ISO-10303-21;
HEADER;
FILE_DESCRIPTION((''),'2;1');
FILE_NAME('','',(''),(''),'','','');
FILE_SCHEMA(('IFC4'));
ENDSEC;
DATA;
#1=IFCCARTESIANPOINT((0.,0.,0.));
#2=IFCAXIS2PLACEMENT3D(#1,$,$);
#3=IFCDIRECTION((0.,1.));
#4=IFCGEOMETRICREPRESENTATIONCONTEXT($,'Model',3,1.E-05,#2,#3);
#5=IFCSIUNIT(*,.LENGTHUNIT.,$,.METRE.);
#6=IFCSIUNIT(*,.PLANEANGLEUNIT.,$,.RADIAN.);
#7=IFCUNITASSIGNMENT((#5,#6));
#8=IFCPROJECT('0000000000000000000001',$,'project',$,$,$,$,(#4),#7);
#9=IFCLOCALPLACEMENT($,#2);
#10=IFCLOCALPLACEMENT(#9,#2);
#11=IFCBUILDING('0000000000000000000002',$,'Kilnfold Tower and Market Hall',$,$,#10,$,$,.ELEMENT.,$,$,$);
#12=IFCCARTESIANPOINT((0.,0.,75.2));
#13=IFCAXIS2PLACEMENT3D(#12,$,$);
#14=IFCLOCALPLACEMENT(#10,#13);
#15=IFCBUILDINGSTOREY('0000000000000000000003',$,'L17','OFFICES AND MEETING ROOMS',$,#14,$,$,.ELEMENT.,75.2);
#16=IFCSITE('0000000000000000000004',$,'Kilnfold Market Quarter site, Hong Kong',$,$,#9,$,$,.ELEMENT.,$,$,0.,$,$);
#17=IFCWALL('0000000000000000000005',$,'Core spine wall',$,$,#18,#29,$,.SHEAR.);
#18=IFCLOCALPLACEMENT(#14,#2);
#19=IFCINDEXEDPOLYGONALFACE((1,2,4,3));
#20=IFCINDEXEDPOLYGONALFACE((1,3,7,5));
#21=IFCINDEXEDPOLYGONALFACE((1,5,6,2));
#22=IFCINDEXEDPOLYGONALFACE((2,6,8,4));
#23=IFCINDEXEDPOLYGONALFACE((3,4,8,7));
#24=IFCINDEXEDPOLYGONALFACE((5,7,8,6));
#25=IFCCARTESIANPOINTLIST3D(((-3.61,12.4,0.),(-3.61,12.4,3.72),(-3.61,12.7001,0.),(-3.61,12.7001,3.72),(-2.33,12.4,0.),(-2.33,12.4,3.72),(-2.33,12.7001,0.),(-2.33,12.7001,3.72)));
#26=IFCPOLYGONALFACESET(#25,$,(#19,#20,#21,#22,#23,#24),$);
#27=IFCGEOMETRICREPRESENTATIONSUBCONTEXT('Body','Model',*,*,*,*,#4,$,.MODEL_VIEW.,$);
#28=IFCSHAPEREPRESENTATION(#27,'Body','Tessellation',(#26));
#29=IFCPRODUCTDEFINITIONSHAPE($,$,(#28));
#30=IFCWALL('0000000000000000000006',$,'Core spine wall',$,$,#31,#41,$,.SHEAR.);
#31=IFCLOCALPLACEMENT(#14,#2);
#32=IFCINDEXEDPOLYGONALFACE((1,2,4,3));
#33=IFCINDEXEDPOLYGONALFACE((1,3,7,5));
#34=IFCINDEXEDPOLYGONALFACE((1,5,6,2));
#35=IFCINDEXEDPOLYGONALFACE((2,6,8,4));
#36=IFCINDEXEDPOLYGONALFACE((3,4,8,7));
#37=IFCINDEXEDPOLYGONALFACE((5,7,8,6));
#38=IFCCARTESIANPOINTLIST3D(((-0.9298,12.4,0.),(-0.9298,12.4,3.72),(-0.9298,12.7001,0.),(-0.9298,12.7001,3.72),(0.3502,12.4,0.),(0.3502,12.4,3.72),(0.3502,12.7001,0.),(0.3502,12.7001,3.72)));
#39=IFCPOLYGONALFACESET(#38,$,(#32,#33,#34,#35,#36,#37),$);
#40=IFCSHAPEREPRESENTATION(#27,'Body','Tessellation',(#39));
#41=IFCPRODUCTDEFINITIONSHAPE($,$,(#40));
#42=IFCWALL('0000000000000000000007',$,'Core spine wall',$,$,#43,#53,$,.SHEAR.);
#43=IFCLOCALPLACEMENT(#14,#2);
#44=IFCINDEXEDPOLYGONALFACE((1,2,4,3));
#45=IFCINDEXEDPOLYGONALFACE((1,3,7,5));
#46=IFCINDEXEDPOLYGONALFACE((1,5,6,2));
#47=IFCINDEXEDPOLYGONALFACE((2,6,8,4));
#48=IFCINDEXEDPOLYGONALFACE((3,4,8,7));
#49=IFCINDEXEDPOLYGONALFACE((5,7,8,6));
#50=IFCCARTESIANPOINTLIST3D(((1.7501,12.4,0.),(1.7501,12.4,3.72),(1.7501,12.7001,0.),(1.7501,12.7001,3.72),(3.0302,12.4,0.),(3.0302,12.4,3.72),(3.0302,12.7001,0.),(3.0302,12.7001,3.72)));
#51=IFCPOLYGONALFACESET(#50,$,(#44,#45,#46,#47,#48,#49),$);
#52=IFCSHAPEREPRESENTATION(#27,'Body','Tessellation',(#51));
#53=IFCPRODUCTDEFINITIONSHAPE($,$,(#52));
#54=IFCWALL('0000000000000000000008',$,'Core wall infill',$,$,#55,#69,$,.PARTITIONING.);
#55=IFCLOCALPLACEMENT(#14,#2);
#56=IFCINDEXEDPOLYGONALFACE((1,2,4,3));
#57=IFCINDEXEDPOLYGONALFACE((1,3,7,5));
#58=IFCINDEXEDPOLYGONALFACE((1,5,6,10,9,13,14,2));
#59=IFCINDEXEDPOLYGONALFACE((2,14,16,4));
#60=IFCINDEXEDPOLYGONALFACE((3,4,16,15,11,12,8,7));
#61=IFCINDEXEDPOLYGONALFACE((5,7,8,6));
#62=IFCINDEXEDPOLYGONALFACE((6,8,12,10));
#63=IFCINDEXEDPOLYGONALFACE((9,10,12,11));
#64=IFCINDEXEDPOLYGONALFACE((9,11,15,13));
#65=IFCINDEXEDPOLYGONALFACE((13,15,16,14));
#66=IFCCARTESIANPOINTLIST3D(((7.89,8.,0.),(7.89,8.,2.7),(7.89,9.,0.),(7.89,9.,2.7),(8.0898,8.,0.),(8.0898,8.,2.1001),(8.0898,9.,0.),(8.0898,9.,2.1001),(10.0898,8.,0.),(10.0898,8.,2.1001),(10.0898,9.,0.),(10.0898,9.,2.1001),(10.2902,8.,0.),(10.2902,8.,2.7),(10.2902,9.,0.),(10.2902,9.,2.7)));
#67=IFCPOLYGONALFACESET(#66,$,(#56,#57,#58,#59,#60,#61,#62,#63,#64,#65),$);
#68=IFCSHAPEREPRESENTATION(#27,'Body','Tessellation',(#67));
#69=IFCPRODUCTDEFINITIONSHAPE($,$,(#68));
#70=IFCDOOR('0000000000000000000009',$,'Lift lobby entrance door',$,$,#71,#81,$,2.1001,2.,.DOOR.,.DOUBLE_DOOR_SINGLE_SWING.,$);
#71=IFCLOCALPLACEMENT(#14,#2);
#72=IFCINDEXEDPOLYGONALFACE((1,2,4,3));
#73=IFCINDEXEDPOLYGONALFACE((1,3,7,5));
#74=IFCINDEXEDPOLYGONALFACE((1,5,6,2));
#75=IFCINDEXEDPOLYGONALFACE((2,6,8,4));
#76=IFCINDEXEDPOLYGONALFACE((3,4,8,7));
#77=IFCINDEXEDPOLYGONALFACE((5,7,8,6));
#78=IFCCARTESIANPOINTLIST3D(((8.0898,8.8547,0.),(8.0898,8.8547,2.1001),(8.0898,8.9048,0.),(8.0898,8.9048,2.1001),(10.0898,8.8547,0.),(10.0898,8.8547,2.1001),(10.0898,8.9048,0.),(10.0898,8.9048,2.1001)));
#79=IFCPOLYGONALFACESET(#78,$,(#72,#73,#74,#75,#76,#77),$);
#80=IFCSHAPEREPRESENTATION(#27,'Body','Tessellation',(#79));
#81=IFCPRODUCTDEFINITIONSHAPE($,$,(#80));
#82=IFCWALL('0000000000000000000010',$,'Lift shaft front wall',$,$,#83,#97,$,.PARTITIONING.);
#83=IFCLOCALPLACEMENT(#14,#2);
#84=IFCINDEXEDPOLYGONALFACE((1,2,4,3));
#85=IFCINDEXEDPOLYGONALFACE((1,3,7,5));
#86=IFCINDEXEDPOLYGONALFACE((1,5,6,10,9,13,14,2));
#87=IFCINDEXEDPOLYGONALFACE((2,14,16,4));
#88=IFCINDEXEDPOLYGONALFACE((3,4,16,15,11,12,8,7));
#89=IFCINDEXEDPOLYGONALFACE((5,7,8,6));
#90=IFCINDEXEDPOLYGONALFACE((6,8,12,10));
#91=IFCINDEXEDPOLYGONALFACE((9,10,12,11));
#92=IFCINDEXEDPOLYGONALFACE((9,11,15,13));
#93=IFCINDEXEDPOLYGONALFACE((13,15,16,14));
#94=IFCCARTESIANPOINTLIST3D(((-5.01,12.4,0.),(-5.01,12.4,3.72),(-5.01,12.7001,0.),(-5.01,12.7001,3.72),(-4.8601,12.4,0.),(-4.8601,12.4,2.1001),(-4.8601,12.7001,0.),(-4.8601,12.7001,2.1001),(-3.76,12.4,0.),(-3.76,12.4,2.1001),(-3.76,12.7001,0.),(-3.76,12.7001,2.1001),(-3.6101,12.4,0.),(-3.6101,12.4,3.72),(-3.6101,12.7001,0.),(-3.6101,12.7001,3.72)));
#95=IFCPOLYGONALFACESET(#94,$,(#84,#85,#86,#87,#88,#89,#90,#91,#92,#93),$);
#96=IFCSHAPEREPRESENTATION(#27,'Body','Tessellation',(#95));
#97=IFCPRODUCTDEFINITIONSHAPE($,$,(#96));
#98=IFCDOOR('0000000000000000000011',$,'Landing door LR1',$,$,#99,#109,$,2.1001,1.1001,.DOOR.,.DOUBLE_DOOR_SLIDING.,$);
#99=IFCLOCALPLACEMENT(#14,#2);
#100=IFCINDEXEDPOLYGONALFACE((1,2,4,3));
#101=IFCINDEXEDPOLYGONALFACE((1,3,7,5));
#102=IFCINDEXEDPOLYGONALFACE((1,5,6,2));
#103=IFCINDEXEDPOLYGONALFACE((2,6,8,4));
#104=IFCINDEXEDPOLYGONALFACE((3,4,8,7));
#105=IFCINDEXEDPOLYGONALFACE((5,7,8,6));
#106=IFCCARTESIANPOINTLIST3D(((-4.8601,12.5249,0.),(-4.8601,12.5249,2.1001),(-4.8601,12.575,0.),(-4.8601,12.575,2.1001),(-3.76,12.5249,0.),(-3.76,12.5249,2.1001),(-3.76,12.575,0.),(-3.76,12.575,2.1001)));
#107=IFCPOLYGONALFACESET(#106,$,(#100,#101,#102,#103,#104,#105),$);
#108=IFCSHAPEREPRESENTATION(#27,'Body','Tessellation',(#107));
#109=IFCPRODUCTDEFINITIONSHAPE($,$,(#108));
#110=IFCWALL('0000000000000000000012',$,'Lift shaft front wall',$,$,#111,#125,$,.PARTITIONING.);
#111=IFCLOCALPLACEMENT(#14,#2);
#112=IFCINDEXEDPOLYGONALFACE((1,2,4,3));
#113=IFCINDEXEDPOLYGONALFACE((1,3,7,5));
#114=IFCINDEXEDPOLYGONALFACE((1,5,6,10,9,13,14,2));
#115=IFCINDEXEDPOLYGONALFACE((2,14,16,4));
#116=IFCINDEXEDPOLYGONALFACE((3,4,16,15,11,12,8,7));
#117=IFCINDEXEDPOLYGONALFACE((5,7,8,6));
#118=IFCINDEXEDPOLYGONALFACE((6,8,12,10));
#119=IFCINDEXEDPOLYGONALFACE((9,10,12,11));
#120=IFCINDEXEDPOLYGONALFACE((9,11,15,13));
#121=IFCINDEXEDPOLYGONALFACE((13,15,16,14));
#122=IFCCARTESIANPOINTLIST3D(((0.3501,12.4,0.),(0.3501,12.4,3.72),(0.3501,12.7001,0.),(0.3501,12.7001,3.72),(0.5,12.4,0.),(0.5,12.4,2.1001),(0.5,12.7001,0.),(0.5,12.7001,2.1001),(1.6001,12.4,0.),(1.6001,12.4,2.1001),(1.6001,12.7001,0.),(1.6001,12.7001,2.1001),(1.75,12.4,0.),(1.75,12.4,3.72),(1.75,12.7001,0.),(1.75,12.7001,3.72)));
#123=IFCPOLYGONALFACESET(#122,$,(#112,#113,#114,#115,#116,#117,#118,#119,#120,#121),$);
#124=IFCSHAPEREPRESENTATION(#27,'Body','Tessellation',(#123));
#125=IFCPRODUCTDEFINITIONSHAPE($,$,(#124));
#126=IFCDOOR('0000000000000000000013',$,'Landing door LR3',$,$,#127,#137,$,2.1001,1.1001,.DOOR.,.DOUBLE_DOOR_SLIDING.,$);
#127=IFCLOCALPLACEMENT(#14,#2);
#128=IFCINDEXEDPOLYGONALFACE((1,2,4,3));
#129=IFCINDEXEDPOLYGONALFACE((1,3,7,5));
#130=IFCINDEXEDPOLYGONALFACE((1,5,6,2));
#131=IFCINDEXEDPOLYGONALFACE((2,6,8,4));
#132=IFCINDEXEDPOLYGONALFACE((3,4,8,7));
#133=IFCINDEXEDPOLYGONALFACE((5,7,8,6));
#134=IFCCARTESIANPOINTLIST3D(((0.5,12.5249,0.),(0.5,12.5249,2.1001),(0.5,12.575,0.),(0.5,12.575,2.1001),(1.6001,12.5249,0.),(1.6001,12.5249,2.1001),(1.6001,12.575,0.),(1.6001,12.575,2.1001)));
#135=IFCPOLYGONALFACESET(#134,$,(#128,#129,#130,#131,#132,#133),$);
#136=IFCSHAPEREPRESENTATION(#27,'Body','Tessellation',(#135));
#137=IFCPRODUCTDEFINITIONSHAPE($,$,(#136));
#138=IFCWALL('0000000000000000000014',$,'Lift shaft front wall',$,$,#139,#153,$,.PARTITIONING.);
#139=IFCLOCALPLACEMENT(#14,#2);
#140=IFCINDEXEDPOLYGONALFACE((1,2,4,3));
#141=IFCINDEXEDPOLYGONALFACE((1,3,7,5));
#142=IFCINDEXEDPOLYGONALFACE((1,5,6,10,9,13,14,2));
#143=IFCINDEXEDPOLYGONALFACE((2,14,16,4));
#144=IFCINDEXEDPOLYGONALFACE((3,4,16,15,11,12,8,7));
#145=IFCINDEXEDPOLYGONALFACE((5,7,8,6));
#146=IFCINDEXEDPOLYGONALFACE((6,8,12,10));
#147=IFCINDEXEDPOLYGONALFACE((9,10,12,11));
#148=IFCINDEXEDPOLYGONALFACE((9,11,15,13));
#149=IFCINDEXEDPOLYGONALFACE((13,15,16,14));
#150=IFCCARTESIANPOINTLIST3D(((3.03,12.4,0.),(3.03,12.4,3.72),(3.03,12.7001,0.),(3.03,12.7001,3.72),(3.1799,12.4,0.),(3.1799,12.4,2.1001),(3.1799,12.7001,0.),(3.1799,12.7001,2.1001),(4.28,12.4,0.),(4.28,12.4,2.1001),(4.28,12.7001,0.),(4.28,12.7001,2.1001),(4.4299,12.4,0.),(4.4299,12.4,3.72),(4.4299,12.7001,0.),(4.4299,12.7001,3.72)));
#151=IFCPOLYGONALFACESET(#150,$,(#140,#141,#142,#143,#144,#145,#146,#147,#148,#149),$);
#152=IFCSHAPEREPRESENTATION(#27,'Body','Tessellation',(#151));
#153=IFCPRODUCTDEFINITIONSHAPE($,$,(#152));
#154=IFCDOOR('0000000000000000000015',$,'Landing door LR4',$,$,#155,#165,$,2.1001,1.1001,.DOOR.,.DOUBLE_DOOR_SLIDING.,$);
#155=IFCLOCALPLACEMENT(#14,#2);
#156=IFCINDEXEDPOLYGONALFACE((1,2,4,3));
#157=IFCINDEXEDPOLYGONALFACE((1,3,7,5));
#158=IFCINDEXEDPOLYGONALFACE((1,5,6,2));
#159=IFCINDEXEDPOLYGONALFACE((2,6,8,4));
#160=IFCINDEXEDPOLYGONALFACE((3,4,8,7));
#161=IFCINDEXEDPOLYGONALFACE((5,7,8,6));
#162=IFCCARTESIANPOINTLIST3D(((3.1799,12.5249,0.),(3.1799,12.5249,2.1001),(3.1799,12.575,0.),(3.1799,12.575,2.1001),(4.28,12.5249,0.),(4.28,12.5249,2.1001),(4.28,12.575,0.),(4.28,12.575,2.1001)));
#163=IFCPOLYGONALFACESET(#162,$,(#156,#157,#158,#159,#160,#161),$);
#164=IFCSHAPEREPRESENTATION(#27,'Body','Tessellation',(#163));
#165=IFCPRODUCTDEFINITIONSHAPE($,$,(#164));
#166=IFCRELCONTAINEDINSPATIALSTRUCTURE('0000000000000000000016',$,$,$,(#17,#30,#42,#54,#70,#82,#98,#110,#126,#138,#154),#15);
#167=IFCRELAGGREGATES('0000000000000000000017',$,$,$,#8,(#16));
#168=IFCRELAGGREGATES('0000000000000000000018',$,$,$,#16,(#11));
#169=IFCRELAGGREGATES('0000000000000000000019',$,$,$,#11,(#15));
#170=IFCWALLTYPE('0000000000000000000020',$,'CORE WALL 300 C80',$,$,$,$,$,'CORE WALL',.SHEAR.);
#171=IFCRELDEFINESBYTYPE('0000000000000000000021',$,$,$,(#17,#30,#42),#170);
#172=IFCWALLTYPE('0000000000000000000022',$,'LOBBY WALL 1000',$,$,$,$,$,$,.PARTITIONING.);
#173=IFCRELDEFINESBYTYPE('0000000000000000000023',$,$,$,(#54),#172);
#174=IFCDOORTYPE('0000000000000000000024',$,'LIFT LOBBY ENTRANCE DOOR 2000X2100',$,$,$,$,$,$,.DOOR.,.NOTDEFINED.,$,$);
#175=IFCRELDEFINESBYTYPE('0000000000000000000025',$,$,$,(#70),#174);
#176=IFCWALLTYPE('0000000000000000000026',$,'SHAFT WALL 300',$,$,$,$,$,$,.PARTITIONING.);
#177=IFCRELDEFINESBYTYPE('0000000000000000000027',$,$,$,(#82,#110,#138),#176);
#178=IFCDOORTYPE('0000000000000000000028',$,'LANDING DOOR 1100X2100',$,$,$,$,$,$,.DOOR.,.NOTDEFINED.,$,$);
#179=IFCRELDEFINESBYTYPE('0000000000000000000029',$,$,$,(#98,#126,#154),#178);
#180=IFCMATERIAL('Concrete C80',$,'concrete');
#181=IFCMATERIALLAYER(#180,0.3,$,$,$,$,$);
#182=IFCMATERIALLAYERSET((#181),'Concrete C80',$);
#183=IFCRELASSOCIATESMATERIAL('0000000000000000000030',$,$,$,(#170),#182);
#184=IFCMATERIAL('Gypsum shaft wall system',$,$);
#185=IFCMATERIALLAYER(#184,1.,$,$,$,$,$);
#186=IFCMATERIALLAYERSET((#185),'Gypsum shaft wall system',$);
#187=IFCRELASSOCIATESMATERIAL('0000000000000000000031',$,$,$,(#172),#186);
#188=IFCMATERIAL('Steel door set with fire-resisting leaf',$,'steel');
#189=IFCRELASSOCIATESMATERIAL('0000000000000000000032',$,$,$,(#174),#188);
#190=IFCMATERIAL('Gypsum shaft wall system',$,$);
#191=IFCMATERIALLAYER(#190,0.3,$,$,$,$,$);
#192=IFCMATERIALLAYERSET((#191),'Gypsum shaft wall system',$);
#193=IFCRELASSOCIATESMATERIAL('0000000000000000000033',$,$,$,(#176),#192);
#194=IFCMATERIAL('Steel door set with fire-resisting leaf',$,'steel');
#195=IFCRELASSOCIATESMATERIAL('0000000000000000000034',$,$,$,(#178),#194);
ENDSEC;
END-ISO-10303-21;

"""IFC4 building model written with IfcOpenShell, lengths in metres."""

from ifc_helpers import new_model, si_unit, direction, frame, frame_2d, origin, place, context, subcontext, project, spatial, rectangle, extrude, source, transform, mapped, material, layer, layer_set, type_object, element, fill, save


model = new_model("IFC4")

# Units and contexts
model_context = context("Model", 3, precision=1e-05, world=origin(), true_north=direction((0.0, 1.0)))
body_context = subcontext(model_context, "Body", "Model", "MODEL_VIEW")
ifc_project = project(units=[si_unit("LENGTHUNIT", "METRE"), si_unit("PLANEANGLEUNIT", "RADIAN")], contexts=[model_context])

# Site, building, storey
site_placement = place(None, origin())
site = spatial("IfcSite", under=ifc_project, at=site_placement, Name="Kilnfold Market Quarter site, Hong Kong", CompositionType="ELEMENT", RefElevation=0.0)
building_placement = place(site_placement, origin())
building = spatial("IfcBuilding", under=site, at=building_placement, Name="Kilnfold Tower and Market Hall", CompositionType="ELEMENT")
storey_placement = place(building_placement, frame((0.0, 0.0, 75.2)))
storey = spatial("IfcBuildingStorey", under=building, at=storey_placement, Name="L17", Description="OFFICES AND MEETING ROOMS", CompositionType="ELEMENT", Elevation=75.2)

# Walls
ifc_material_1 = material(Name="Concrete C80", Category="concrete")
ifc_layer_1 = layer(ifc_material_1, 0.3)
ifc_layer_set_1 = layer_set([ifc_layer_1], Name="Concrete C80")
wall_type_1 = type_object("IfcWallType", Name="CORE WALL 300 C80", ElementType="CORE WALL", PredefinedType="SHEAR", material=ifc_layer_set_1)
shared_shape_1 = source(origin(), body_context, "Body", "SweptSolid", [
    extrude(rectangle(XDim=1.28, YDim=0.3, at=frame_2d((0.6401, 0.0))), origin(), (0.0, 0.0, 1.0), 3.72),
])
for number, where, z_axis, x_axis, name in (
    (1, (-3.6101, 12.55, 0.0), (0.0, 0.0, 1.0), (1.0, 0.0, 0.0), "Core spine wall"),
    (2, (-0.9299, 12.55, 0.0), (0.0, 0.0, 1.0), (1.0, 0.0, 0.0), "Core spine wall"),
    (3, (1.75, 12.55, 0.0), (0.0, 0.0, 1.0), (1.0, 0.0, 0.0), "Core spine wall"),
):
    element("IfcWall", number, at=place(storey_placement, frame(where, z_axis=z_axis, x_axis=x_axis)), inside=storey, type_object=wall_type_1, Name=name, PredefinedType="SHEAR", context=body_context, shape_type="MappedRepresentation", body=[
        mapped(shared_shape_1, transform((0.0, 0.0, 0.0))),
    ])

# Walls, openings, doors
ifc_material_2 = material(Name="Gypsum shaft wall system")
ifc_layer_2 = layer(ifc_material_2, 1.0)
ifc_layer_set_2 = layer_set([ifc_layer_2], Name="Gypsum shaft wall system")
wall_type_2 = type_object("IfcWallType", Name="LOBBY WALL 1000", PredefinedType="PARTITIONING", material=ifc_layer_set_2)
shared_shape_2 = source(origin(), body_context, "Body", "SweptSolid", [
    extrude(rectangle(XDim=2.4001, YDim=1.0, at=frame_2d((1.2002, 0.0))), origin(), (0.0, 0.0, 1.0), 2.7),
])
wall_1_placement = place(storey_placement, frame((7.8899, 8.5, 0.0), z_axis=(0.0, 0.0, 1.0), x_axis=(1.0, 0.0, 0.0)))
wall_1 = element("IfcWall", 4, at=wall_1_placement, inside=storey, type_object=wall_type_2, Name="Core wall infill", PredefinedType="PARTITIONING", context=body_context, shape_type="MappedRepresentation", body=[
    mapped(shared_shape_2, transform((0.0, 0.0, 0.0))),
])
opening_1_placement = place(wall_1_placement, frame((0.2, 0.0, 0.0)))
opening_1 = element("IfcOpeningElement", 5, at=opening_1_placement, cuts=wall_1, PredefinedType="OPENING", context=body_context, shape_type="SweptSolid", body=[
    extrude(rectangle(XDim=2.0, YDim=2.1001, at=frame_2d((1.0, 1.05))), frame((0.0, 0.51, 0.0), z_axis=(0.0, -1.0, 0.0), x_axis=(1.0, 0.0, 0.0)), (0.0, 0.0, 1.0), 1.02),
])
ifc_material_3 = material(Name="Steel door set with fire-resisting leaf", Category="steel")
door_type_1 = type_object("IfcDoorType", Name="LIFT LOBBY ENTRANCE DOOR 2000X2100", OperationType="NOTDEFINED", PredefinedType="DOOR", material=ifc_material_3)
door_1_placement = place(opening_1_placement, origin())
door_1 = element("IfcDoor", 6, at=door_1_placement, inside=storey, type_object=door_type_1, Name="Lift lobby entrance door", OperationType="DOUBLE_DOOR_SINGLE_SWING", OverallHeight=2.1001, OverallWidth=2.0, PredefinedType="DOOR", context=body_context, shape_type="SweptSolid", body=[
    extrude(rectangle(XDim=2.0, YDim=2.1001, at=frame_2d((1.0, 1.05))), frame((0.0, 0.4048, 0.0), z_axis=(0.0, -1.0, 0.0), x_axis=(1.0, 0.0, 0.0)), (0.0, 0.0, 1.0), 0.05),
])
fill(opening_1, door_1)
ifc_material_4 = material(Name="Gypsum shaft wall system")
ifc_layer_3 = layer(ifc_material_4, 0.3)
ifc_layer_set_3 = layer_set([ifc_layer_3], Name="Gypsum shaft wall system")
wall_type_3 = type_object("IfcWallType", Name="SHAFT WALL 300", PredefinedType="PARTITIONING", material=ifc_layer_set_3)
shared_shape_3 = source(origin(), body_context, "Body", "SweptSolid", [
    extrude(rectangle(XDim=1.3999, YDim=0.3, at=frame_2d((0.7, 0.0))), origin(), (0.0, 0.0, 1.0), 3.72),
])
wall_2_placement = place(storey_placement, frame((-5.01, 12.55, 0.0), z_axis=(0.0, 0.0, 1.0), x_axis=(1.0, 0.0, 0.0)))
wall_2 = element("IfcWall", 7, at=wall_2_placement, inside=storey, type_object=wall_type_3, Name="Lift shaft front wall", PredefinedType="PARTITIONING", context=body_context, shape_type="MappedRepresentation", body=[
    mapped(shared_shape_3, transform((0.0, 0.0, 0.0))),
])
opening_2_placement = place(wall_2_placement, frame((0.1499, 0.0, 0.0)))
opening_2 = element("IfcOpeningElement", 8, at=opening_2_placement, cuts=wall_2, PredefinedType="OPENING", context=body_context, shape_type="SweptSolid", body=[
    extrude(rectangle(XDim=1.1001, YDim=2.1001, at=frame_2d((0.55, 1.05))), frame((0.0, 0.1602, 0.0), z_axis=(0.0, -1.0, 0.0), x_axis=(1.0, 0.0, 0.0)), (0.0, 0.0, 1.0), 0.3201),
])
ifc_material_5 = material(Name="Steel door set with fire-resisting leaf", Category="steel")
door_type_2 = type_object("IfcDoorType", Name="LANDING DOOR 1100X2100", OperationType="NOTDEFINED", PredefinedType="DOOR", material=ifc_material_5)
door_2_placement = place(opening_2_placement, origin())
door_2 = element("IfcDoor", 9, at=door_2_placement, inside=storey, type_object=door_type_2, Name="Landing door LR1", OperationType="DOUBLE_DOOR_SLIDING", OverallHeight=2.1001, OverallWidth=1.1001, PredefinedType="DOOR", context=body_context, shape_type="SweptSolid", body=[
    extrude(rectangle(XDim=1.1001, YDim=2.1001, at=frame_2d((0.55, 1.05))), frame((0.0, 0.0249, 0.0), z_axis=(0.0, -1.0, 0.0), x_axis=(1.0, 0.0, 0.0)), (0.0, 0.0, 1.0), 0.05),
])
fill(opening_2, door_2)
wall_3_placement = place(storey_placement, frame((0.3501, 12.55, 0.0), z_axis=(0.0, 0.0, 1.0), x_axis=(1.0, 0.0, 0.0)))
wall_3 = element("IfcWall", 10, at=wall_3_placement, inside=storey, type_object=wall_type_3, Name="Lift shaft front wall", PredefinedType="PARTITIONING", context=body_context, shape_type="MappedRepresentation", body=[
    mapped(shared_shape_3, transform((0.0, 0.0, 0.0))),
])
opening_3_placement = place(wall_3_placement, frame((0.1499, 0.0, 0.0)))
opening_3 = element("IfcOpeningElement", 11, at=opening_3_placement, cuts=wall_3, PredefinedType="OPENING", context=body_context, shape_type="SweptSolid", body=[
    extrude(rectangle(XDim=1.1001, YDim=2.1001, at=frame_2d((0.55, 1.05))), frame((0.0, 0.1602, 0.0), z_axis=(0.0, -1.0, 0.0), x_axis=(1.0, 0.0, 0.0)), (0.0, 0.0, 1.0), 0.3201),
])
door_3_placement = place(opening_3_placement, origin())
door_3 = element("IfcDoor", 12, at=door_3_placement, inside=storey, type_object=door_type_2, Name="Landing door LR3", OperationType="DOUBLE_DOOR_SLIDING", OverallHeight=2.1001, OverallWidth=1.1001, PredefinedType="DOOR", context=body_context, shape_type="SweptSolid", body=[
    extrude(rectangle(XDim=1.1001, YDim=2.1001, at=frame_2d((0.55, 1.05))), frame((0.0, 0.0249, 0.0), z_axis=(0.0, -1.0, 0.0), x_axis=(1.0, 0.0, 0.0)), (0.0, 0.0, 1.0), 0.05),
])
fill(opening_3, door_3)
wall_4_placement = place(storey_placement, frame((3.03, 12.55, 0.0), z_axis=(0.0, 0.0, 1.0), x_axis=(1.0, 0.0, 0.0)))
wall_4 = element("IfcWall", 13, at=wall_4_placement, inside=storey, type_object=wall_type_3, Name="Lift shaft front wall", PredefinedType="PARTITIONING", context=body_context, shape_type="MappedRepresentation", body=[
    mapped(shared_shape_3, transform((0.0, 0.0, 0.0))),
])
opening_4_placement = place(wall_4_placement, frame((0.1499, 0.0, 0.0)))
opening_4 = element("IfcOpeningElement", 14, at=opening_4_placement, cuts=wall_4, PredefinedType="OPENING", context=body_context, shape_type="SweptSolid", body=[
    extrude(rectangle(XDim=1.1001, YDim=2.1001, at=frame_2d((0.55, 1.05))), frame((0.0, 0.1602, 0.0), z_axis=(0.0, -1.0, 0.0), x_axis=(1.0, 0.0, 0.0)), (0.0, 0.0, 1.0), 0.3201),
])
door_4_placement = place(opening_4_placement, origin())
door_4 = element("IfcDoor", 15, at=door_4_placement, inside=storey, type_object=door_type_2, Name="Landing door LR4", OperationType="DOUBLE_DOOR_SLIDING", OverallHeight=2.1001, OverallWidth=1.1001, PredefinedType="DOOR", context=body_context, shape_type="SweptSolid", body=[
    extrude(rectangle(XDim=1.1001, YDim=2.1001, at=frame_2d((0.55, 1.05))), frame((0.0, 0.0249, 0.0), z_axis=(0.0, -1.0, 0.0), x_axis=(1.0, 0.0, 0.0)), (0.0, 0.0, 1.0), 0.05),
])
fill(opening_4, door_4)

save(model, "model.ifc")
